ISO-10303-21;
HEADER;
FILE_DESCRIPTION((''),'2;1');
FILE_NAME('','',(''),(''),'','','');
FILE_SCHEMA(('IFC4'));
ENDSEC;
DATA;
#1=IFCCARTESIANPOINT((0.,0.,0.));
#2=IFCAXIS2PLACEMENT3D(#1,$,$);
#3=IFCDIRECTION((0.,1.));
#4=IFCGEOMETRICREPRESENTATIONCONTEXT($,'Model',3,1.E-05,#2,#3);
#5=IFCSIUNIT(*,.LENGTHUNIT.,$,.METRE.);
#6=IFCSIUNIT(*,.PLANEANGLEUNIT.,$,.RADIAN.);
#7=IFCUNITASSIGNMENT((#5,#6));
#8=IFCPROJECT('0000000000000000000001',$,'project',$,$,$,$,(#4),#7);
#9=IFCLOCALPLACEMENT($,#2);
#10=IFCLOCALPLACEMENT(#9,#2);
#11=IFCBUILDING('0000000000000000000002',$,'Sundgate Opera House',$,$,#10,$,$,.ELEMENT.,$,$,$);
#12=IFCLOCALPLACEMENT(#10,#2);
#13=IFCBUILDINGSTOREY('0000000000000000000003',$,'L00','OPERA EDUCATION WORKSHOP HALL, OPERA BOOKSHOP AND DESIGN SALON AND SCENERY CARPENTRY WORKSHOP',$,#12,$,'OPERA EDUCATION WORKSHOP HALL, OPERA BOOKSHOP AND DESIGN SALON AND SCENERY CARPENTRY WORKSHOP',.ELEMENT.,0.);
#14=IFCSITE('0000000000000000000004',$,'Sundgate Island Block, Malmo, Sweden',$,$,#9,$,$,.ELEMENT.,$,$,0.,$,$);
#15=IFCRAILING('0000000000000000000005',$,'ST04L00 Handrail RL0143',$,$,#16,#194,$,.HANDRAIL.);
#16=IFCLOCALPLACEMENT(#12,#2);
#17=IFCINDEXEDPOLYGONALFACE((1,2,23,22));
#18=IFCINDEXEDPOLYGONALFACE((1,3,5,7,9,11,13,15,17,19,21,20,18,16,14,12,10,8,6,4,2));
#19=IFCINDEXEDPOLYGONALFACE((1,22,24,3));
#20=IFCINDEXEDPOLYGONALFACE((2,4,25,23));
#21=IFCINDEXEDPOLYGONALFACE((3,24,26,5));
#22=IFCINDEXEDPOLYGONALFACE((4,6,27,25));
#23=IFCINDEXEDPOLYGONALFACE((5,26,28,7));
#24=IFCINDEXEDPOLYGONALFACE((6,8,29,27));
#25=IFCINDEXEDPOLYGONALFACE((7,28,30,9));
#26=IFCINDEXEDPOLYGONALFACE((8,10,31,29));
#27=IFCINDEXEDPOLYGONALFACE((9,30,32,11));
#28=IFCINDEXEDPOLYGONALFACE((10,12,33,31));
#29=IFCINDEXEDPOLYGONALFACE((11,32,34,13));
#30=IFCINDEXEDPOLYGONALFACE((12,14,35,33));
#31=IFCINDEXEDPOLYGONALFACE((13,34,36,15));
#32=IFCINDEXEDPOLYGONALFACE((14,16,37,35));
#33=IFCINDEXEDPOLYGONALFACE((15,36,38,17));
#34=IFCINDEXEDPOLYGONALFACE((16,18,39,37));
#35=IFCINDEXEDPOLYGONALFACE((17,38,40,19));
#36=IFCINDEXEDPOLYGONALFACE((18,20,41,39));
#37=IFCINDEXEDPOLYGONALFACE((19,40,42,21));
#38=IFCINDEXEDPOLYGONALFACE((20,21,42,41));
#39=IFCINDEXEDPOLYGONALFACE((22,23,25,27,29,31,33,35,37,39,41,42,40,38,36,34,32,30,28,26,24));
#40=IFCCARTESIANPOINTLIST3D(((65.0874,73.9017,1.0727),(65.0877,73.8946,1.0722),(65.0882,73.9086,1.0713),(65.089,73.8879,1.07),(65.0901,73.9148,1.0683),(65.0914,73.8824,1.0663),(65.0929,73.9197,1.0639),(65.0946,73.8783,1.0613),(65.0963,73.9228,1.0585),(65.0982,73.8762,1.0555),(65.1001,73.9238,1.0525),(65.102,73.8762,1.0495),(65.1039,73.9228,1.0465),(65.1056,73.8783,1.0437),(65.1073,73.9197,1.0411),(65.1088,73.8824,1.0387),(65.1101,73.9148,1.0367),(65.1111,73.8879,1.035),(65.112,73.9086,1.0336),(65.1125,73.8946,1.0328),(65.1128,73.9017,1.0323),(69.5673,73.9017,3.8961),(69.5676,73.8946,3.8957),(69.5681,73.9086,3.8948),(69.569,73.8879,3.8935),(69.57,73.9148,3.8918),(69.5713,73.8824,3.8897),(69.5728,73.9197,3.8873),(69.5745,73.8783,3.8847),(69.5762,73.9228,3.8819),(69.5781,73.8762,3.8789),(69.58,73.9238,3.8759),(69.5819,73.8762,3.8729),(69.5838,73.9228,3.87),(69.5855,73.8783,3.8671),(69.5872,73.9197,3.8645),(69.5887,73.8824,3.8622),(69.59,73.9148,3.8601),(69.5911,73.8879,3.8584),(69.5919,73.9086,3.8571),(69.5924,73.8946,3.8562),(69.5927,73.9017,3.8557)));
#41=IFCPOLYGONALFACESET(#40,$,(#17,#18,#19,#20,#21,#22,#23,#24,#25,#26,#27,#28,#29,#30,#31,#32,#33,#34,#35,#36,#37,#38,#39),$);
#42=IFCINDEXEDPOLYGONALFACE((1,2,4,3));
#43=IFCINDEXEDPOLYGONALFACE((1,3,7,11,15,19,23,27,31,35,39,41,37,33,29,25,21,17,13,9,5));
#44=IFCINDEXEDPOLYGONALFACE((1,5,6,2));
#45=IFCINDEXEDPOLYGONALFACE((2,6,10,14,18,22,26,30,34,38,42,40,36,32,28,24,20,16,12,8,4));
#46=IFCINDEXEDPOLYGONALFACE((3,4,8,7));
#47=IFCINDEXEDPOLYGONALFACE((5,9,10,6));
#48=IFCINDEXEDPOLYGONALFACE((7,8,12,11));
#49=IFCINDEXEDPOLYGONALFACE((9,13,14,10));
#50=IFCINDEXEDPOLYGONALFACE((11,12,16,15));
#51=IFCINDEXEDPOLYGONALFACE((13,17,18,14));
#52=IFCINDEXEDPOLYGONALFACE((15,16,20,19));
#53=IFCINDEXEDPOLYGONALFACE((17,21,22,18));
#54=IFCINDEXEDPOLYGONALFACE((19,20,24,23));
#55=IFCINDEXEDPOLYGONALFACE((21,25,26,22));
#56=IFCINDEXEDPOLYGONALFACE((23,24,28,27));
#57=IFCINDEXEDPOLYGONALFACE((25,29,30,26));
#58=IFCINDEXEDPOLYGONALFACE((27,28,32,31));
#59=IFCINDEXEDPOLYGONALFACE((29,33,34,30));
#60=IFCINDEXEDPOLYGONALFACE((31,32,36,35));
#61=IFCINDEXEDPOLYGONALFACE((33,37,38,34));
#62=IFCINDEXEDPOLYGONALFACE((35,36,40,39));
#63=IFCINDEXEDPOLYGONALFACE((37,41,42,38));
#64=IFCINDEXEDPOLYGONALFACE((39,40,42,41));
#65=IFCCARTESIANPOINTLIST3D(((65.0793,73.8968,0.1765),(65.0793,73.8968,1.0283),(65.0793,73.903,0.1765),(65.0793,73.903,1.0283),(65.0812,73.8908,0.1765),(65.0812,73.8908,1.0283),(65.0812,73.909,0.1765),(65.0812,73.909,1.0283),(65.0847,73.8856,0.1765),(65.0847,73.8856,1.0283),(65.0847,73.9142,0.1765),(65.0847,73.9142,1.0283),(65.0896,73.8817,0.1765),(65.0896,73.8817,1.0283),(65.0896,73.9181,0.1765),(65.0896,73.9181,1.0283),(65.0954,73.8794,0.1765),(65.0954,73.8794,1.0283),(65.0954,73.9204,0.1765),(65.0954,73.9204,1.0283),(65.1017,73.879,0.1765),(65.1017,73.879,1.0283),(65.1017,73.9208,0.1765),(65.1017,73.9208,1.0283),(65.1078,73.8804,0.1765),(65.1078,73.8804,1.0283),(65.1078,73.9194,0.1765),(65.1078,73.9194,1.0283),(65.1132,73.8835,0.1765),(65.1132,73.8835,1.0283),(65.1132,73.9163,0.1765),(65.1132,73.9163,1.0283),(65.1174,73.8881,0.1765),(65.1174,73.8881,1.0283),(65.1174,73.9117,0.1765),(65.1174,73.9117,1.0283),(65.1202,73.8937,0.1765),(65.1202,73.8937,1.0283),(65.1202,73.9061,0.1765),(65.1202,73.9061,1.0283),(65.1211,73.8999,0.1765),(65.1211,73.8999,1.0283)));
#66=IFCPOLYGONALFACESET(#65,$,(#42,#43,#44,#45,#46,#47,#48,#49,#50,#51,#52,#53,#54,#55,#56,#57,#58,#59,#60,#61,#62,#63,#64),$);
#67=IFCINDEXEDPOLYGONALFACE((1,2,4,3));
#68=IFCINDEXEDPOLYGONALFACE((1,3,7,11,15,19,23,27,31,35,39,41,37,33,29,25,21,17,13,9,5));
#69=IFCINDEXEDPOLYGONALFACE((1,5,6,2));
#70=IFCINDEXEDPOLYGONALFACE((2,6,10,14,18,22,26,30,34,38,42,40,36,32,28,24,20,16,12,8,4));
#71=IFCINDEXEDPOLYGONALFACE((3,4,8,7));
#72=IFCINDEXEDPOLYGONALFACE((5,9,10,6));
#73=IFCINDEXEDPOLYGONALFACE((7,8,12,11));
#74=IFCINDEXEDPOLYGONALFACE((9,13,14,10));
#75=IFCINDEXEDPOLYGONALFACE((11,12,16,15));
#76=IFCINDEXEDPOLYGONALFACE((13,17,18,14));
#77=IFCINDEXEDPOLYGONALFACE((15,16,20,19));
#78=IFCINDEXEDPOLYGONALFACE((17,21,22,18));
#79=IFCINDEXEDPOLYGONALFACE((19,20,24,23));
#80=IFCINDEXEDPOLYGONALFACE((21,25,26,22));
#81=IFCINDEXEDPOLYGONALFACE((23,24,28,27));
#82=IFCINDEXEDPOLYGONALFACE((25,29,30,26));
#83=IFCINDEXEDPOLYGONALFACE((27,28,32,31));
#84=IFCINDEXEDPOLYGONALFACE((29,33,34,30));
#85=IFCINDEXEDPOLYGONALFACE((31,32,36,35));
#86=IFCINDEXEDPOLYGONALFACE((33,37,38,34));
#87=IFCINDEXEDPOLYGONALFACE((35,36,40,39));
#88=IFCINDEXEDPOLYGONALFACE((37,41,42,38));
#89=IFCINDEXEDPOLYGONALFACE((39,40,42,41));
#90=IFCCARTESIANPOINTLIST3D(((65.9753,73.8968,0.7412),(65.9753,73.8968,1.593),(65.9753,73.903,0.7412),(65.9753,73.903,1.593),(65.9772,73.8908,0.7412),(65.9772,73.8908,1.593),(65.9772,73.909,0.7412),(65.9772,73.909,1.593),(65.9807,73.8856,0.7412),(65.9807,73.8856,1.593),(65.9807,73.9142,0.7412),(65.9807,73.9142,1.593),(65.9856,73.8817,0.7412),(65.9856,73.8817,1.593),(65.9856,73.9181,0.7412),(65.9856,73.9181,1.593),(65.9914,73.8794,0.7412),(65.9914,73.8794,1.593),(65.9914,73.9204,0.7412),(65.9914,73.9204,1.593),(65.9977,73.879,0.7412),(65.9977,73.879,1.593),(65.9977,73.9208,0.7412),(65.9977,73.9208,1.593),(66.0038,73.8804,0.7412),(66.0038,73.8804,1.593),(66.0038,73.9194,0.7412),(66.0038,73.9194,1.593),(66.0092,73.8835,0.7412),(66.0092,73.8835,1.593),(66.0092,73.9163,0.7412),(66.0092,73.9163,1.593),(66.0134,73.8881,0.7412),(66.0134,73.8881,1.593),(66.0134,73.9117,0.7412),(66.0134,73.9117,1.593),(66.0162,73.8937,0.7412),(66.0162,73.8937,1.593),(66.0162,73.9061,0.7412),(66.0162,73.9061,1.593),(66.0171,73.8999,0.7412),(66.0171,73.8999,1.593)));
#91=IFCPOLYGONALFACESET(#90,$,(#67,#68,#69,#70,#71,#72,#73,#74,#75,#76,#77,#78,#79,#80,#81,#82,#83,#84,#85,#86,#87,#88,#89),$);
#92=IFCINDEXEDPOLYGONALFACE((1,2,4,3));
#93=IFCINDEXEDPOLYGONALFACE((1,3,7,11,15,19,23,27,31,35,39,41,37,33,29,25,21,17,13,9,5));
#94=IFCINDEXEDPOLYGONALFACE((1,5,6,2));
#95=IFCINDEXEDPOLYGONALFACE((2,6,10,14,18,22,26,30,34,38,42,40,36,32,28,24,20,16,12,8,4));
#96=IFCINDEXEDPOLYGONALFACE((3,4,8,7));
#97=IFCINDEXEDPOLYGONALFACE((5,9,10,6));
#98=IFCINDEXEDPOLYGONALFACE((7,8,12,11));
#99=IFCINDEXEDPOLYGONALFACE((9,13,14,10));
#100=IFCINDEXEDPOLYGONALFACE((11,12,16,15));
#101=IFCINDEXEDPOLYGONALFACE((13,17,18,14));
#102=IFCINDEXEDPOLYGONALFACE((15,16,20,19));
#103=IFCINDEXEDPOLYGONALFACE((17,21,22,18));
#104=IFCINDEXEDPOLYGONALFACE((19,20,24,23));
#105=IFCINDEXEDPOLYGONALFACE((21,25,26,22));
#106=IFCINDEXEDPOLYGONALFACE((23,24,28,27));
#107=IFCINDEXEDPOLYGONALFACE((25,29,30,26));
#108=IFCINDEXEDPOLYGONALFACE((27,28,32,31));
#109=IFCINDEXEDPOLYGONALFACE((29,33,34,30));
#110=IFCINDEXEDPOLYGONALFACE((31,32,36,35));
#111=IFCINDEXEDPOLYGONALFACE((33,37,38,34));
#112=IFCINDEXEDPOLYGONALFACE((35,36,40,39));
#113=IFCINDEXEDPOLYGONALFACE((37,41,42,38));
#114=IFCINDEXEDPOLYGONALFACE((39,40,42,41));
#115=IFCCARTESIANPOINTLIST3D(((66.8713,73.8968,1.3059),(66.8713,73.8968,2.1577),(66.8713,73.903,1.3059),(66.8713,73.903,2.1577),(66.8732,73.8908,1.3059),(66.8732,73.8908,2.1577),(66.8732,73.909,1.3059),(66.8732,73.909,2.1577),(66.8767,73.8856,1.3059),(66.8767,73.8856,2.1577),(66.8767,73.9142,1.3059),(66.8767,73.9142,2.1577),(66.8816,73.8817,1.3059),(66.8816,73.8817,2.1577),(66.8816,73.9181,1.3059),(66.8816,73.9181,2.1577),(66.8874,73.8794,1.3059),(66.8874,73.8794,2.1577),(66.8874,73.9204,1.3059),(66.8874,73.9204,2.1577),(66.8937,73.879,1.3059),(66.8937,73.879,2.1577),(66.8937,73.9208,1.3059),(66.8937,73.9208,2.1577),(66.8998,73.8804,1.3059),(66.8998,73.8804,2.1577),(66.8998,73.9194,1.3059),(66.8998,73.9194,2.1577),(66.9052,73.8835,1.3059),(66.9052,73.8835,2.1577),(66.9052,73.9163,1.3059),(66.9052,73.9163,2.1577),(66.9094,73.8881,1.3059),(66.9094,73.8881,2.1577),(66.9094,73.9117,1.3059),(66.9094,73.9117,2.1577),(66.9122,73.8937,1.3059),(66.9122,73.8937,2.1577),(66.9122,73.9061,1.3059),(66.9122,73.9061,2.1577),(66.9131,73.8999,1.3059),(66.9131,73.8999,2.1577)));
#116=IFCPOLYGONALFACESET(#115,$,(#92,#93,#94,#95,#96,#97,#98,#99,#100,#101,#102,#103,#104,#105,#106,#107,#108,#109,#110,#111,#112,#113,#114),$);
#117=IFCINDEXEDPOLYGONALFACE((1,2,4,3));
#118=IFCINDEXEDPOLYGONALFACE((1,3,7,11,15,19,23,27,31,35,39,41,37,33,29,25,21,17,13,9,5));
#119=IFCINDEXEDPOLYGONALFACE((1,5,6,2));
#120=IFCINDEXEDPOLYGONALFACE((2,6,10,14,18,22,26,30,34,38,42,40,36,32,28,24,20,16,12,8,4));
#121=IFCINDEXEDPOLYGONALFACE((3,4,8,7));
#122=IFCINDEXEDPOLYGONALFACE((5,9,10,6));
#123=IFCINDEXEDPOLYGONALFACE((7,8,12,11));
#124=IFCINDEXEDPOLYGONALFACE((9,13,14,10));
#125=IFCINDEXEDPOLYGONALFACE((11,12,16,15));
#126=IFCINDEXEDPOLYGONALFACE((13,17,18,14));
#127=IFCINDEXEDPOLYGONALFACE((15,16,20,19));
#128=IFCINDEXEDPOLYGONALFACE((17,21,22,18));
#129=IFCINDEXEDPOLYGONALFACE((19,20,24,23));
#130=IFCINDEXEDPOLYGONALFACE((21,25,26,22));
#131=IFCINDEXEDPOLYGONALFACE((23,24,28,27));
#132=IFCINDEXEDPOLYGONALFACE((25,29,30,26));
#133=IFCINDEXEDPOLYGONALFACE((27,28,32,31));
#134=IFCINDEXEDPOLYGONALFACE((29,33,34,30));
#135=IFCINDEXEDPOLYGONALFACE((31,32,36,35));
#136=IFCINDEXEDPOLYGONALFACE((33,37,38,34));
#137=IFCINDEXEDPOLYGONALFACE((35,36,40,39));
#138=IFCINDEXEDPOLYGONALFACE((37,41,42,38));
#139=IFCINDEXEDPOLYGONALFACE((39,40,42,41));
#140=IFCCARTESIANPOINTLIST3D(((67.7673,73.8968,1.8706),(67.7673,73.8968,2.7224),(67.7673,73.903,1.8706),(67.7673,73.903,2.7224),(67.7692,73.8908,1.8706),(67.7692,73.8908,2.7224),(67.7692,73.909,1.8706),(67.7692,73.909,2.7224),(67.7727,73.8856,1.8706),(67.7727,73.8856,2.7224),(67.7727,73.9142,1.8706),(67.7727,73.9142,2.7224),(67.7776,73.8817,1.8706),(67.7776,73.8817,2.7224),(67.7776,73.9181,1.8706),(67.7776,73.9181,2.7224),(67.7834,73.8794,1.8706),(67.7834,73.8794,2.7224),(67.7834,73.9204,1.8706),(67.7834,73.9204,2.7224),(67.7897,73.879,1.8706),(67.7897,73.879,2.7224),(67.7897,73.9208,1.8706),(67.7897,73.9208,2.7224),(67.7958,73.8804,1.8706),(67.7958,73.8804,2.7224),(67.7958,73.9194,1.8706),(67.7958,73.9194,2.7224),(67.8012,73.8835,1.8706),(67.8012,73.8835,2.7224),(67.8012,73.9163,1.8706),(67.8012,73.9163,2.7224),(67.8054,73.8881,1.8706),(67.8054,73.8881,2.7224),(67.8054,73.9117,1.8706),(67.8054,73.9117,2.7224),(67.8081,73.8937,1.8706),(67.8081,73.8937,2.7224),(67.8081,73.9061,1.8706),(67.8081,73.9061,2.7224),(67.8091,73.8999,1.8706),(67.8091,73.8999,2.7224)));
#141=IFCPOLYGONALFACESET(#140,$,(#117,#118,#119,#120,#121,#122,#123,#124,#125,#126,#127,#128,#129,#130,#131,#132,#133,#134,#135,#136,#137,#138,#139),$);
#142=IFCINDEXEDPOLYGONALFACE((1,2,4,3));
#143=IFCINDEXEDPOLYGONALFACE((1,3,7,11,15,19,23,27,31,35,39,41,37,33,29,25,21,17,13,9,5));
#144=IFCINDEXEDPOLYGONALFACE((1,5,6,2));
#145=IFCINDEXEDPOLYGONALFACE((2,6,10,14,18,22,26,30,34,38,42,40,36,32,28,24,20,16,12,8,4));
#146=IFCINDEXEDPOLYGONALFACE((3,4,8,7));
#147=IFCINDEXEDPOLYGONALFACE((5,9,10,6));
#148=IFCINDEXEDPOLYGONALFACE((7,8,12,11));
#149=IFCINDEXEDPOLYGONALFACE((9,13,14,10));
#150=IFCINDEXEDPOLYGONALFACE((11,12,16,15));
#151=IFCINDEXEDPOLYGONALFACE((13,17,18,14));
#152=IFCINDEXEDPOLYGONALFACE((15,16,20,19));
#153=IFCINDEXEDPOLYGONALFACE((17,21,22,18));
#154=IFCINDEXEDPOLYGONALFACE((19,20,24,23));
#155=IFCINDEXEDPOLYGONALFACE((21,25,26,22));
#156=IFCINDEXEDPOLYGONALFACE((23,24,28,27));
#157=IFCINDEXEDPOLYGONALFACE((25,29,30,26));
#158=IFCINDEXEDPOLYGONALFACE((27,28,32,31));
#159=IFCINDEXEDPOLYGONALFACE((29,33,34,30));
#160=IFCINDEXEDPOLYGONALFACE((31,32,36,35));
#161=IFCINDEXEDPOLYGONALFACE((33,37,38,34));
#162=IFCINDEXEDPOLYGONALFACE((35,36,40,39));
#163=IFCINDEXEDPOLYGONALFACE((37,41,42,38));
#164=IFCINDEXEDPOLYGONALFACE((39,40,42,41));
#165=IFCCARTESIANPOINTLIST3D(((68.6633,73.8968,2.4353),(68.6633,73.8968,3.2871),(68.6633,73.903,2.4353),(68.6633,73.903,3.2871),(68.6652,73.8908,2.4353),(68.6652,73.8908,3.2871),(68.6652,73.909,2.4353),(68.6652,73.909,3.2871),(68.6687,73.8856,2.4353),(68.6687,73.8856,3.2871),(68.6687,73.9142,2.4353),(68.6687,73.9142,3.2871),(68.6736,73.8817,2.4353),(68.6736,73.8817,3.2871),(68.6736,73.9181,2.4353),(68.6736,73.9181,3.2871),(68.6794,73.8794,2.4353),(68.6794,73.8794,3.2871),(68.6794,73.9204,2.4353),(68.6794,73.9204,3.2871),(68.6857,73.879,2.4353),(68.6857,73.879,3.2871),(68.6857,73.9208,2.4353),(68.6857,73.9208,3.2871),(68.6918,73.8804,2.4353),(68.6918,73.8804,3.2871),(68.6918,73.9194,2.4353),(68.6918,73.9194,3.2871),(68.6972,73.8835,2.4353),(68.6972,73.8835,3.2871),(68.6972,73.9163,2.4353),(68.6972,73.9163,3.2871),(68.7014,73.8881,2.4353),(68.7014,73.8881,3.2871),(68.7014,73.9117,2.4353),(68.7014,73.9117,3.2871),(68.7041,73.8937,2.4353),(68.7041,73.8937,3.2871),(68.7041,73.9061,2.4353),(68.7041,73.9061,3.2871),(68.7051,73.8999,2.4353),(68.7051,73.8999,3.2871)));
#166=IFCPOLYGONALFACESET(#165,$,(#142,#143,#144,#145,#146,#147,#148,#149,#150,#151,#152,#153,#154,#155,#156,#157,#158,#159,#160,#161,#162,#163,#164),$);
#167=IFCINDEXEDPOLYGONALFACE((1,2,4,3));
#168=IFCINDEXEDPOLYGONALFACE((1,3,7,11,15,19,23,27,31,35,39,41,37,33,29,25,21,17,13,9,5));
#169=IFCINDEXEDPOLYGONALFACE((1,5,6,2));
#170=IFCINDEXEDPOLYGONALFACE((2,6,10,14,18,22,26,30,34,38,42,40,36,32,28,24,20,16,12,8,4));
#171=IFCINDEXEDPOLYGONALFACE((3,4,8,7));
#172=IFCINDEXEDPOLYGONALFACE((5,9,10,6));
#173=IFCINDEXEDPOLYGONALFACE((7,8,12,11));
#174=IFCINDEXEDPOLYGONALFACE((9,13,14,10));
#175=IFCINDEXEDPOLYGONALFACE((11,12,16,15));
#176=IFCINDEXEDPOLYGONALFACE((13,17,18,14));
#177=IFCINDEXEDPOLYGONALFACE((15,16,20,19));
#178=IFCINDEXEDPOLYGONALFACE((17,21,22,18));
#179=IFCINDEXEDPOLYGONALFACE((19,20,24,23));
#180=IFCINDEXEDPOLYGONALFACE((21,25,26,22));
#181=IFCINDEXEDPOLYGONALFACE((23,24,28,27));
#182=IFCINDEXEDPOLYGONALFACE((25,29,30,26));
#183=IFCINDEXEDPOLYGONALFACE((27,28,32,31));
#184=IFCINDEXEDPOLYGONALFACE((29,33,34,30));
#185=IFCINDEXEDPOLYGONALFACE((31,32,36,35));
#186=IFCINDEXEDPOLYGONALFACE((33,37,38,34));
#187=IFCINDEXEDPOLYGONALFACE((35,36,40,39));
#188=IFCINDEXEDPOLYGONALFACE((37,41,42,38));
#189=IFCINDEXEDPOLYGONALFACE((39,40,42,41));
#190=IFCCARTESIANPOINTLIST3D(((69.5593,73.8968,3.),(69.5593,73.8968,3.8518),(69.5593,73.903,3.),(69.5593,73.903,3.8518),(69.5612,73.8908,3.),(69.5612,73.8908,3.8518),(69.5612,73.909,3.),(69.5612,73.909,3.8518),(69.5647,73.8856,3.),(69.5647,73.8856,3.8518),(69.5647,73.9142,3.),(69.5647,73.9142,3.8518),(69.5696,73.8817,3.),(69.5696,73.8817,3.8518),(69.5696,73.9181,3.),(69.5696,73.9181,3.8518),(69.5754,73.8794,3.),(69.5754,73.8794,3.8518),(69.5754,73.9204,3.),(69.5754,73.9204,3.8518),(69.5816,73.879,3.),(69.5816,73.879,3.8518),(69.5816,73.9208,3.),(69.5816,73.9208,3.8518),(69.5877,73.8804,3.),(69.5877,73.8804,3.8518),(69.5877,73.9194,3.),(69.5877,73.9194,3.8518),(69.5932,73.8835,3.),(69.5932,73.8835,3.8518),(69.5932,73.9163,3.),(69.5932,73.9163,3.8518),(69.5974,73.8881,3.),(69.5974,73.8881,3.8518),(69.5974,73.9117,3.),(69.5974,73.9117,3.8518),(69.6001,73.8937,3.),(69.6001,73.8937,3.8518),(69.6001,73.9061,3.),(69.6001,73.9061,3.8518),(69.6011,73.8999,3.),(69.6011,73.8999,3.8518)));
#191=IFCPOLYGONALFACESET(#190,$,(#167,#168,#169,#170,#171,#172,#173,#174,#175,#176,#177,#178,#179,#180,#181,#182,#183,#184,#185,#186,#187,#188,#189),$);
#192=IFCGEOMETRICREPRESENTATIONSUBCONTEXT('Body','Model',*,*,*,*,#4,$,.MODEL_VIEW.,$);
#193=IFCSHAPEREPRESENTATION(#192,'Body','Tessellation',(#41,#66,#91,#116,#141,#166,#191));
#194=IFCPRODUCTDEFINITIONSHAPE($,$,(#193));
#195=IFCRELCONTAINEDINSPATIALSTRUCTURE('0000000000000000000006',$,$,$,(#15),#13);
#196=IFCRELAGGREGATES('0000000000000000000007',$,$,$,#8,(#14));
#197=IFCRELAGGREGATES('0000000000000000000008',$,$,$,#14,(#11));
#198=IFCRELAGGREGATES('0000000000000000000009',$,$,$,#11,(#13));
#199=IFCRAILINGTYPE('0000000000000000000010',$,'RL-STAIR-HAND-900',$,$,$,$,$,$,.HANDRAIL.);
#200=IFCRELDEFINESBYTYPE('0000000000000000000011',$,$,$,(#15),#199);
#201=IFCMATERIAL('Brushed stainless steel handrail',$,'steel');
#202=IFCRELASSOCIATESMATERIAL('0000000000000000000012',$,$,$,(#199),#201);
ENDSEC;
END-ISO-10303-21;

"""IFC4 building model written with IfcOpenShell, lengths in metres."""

from ifc_helpers import new_model, si_unit, direction, frame, origin, origin_2d, place, context, subcontext, project, spatial, circle, extrude, material, type_object, element, save


model = new_model("IFC4")

# Units and contexts
model_context = context("Model", 3, precision=1e-05, world=origin(), true_north=direction((0.0, 1.0)))
body_context = subcontext(model_context, "Body", "Model", "MODEL_VIEW")
ifc_project = project(units=[si_unit("LENGTHUNIT", "METRE"), si_unit("PLANEANGLEUNIT", "RADIAN")], contexts=[model_context])

# Site, building, storey
site_placement = place(None, origin())
site = spatial("IfcSite", under=ifc_project, at=site_placement, Name="Sundgate Island Block, Malmo, Sweden", CompositionType="ELEMENT", RefElevation=0.0)
building_placement = place(site_placement, origin())
building = spatial("IfcBuilding", under=site, at=building_placement, Name="Sundgate Opera House", CompositionType="ELEMENT")
storey_placement = place(building_placement, origin())
storey = spatial("IfcBuildingStorey", under=building, at=storey_placement, Name="L00", Description="OPERA EDUCATION WORKSHOP HALL, OPERA BOOKSHOP AND DESIGN SALON AND SCENERY CARPENTRY WORKSHOP", LongName="OPERA EDUCATION WORKSHOP HALL, OPERA BOOKSHOP AND DESIGN SALON AND SCENERY CARPENTRY WORKSHOP", CompositionType="ELEMENT", Elevation=0.0)

# Railing
ifc_material_1 = material(Name="Brushed stainless steel handrail", Category="steel")
railing_type_1 = type_object("IfcRailingType", Name="RL-STAIR-HAND-900", PredefinedType="HANDRAIL", material=ifc_material_1)
railing_1_placement = place(storey_placement, frame((65.1001, 73.8999, 0.1765)))
element("IfcRailing", 1, at=railing_1_placement, inside=storey, type_object=railing_type_1, Name="ST04L00 Handrail RL0143", PredefinedType="HANDRAIL", context=body_context, shape_type="SweptSolid", body=[
    extrude(circle(Radius=0.0239, at=origin_2d()), frame((0.0, 0.0, 0.876), z_axis=(0.845998, 0.0, 0.533186), x_axis=(0.0, 1.0, 0.0)), (0.0, 0.0, 1.0), 5.2954),
    extrude(circle(Radius=0.021, at=origin_2d()), origin(), (0.0, 0.0, 1.0), 0.8518),
    extrude(circle(Radius=0.021, at=origin_2d()), frame((0.896, 0.0, 0.5647)), (0.0, 0.0, 1.0), 0.8518),
    extrude(circle(Radius=0.021, at=origin_2d()), frame((1.792, 0.0, 1.1294)), (0.0, 0.0, 1.0), 0.8518),
    extrude(circle(Radius=0.021, at=origin_2d()), frame((2.688, 0.0, 1.6941)), (0.0, 0.0, 1.0), 0.8518),
    extrude(circle(Radius=0.021, at=origin_2d()), frame((3.584, 0.0, 2.2588)), (0.0, 0.0, 1.0), 0.8518),
    extrude(circle(Radius=0.021, at=origin_2d()), frame((4.48, 0.0, 2.8235)), (0.0, 0.0, 1.0), 0.8518),
])

save(model, "model.ifc")
